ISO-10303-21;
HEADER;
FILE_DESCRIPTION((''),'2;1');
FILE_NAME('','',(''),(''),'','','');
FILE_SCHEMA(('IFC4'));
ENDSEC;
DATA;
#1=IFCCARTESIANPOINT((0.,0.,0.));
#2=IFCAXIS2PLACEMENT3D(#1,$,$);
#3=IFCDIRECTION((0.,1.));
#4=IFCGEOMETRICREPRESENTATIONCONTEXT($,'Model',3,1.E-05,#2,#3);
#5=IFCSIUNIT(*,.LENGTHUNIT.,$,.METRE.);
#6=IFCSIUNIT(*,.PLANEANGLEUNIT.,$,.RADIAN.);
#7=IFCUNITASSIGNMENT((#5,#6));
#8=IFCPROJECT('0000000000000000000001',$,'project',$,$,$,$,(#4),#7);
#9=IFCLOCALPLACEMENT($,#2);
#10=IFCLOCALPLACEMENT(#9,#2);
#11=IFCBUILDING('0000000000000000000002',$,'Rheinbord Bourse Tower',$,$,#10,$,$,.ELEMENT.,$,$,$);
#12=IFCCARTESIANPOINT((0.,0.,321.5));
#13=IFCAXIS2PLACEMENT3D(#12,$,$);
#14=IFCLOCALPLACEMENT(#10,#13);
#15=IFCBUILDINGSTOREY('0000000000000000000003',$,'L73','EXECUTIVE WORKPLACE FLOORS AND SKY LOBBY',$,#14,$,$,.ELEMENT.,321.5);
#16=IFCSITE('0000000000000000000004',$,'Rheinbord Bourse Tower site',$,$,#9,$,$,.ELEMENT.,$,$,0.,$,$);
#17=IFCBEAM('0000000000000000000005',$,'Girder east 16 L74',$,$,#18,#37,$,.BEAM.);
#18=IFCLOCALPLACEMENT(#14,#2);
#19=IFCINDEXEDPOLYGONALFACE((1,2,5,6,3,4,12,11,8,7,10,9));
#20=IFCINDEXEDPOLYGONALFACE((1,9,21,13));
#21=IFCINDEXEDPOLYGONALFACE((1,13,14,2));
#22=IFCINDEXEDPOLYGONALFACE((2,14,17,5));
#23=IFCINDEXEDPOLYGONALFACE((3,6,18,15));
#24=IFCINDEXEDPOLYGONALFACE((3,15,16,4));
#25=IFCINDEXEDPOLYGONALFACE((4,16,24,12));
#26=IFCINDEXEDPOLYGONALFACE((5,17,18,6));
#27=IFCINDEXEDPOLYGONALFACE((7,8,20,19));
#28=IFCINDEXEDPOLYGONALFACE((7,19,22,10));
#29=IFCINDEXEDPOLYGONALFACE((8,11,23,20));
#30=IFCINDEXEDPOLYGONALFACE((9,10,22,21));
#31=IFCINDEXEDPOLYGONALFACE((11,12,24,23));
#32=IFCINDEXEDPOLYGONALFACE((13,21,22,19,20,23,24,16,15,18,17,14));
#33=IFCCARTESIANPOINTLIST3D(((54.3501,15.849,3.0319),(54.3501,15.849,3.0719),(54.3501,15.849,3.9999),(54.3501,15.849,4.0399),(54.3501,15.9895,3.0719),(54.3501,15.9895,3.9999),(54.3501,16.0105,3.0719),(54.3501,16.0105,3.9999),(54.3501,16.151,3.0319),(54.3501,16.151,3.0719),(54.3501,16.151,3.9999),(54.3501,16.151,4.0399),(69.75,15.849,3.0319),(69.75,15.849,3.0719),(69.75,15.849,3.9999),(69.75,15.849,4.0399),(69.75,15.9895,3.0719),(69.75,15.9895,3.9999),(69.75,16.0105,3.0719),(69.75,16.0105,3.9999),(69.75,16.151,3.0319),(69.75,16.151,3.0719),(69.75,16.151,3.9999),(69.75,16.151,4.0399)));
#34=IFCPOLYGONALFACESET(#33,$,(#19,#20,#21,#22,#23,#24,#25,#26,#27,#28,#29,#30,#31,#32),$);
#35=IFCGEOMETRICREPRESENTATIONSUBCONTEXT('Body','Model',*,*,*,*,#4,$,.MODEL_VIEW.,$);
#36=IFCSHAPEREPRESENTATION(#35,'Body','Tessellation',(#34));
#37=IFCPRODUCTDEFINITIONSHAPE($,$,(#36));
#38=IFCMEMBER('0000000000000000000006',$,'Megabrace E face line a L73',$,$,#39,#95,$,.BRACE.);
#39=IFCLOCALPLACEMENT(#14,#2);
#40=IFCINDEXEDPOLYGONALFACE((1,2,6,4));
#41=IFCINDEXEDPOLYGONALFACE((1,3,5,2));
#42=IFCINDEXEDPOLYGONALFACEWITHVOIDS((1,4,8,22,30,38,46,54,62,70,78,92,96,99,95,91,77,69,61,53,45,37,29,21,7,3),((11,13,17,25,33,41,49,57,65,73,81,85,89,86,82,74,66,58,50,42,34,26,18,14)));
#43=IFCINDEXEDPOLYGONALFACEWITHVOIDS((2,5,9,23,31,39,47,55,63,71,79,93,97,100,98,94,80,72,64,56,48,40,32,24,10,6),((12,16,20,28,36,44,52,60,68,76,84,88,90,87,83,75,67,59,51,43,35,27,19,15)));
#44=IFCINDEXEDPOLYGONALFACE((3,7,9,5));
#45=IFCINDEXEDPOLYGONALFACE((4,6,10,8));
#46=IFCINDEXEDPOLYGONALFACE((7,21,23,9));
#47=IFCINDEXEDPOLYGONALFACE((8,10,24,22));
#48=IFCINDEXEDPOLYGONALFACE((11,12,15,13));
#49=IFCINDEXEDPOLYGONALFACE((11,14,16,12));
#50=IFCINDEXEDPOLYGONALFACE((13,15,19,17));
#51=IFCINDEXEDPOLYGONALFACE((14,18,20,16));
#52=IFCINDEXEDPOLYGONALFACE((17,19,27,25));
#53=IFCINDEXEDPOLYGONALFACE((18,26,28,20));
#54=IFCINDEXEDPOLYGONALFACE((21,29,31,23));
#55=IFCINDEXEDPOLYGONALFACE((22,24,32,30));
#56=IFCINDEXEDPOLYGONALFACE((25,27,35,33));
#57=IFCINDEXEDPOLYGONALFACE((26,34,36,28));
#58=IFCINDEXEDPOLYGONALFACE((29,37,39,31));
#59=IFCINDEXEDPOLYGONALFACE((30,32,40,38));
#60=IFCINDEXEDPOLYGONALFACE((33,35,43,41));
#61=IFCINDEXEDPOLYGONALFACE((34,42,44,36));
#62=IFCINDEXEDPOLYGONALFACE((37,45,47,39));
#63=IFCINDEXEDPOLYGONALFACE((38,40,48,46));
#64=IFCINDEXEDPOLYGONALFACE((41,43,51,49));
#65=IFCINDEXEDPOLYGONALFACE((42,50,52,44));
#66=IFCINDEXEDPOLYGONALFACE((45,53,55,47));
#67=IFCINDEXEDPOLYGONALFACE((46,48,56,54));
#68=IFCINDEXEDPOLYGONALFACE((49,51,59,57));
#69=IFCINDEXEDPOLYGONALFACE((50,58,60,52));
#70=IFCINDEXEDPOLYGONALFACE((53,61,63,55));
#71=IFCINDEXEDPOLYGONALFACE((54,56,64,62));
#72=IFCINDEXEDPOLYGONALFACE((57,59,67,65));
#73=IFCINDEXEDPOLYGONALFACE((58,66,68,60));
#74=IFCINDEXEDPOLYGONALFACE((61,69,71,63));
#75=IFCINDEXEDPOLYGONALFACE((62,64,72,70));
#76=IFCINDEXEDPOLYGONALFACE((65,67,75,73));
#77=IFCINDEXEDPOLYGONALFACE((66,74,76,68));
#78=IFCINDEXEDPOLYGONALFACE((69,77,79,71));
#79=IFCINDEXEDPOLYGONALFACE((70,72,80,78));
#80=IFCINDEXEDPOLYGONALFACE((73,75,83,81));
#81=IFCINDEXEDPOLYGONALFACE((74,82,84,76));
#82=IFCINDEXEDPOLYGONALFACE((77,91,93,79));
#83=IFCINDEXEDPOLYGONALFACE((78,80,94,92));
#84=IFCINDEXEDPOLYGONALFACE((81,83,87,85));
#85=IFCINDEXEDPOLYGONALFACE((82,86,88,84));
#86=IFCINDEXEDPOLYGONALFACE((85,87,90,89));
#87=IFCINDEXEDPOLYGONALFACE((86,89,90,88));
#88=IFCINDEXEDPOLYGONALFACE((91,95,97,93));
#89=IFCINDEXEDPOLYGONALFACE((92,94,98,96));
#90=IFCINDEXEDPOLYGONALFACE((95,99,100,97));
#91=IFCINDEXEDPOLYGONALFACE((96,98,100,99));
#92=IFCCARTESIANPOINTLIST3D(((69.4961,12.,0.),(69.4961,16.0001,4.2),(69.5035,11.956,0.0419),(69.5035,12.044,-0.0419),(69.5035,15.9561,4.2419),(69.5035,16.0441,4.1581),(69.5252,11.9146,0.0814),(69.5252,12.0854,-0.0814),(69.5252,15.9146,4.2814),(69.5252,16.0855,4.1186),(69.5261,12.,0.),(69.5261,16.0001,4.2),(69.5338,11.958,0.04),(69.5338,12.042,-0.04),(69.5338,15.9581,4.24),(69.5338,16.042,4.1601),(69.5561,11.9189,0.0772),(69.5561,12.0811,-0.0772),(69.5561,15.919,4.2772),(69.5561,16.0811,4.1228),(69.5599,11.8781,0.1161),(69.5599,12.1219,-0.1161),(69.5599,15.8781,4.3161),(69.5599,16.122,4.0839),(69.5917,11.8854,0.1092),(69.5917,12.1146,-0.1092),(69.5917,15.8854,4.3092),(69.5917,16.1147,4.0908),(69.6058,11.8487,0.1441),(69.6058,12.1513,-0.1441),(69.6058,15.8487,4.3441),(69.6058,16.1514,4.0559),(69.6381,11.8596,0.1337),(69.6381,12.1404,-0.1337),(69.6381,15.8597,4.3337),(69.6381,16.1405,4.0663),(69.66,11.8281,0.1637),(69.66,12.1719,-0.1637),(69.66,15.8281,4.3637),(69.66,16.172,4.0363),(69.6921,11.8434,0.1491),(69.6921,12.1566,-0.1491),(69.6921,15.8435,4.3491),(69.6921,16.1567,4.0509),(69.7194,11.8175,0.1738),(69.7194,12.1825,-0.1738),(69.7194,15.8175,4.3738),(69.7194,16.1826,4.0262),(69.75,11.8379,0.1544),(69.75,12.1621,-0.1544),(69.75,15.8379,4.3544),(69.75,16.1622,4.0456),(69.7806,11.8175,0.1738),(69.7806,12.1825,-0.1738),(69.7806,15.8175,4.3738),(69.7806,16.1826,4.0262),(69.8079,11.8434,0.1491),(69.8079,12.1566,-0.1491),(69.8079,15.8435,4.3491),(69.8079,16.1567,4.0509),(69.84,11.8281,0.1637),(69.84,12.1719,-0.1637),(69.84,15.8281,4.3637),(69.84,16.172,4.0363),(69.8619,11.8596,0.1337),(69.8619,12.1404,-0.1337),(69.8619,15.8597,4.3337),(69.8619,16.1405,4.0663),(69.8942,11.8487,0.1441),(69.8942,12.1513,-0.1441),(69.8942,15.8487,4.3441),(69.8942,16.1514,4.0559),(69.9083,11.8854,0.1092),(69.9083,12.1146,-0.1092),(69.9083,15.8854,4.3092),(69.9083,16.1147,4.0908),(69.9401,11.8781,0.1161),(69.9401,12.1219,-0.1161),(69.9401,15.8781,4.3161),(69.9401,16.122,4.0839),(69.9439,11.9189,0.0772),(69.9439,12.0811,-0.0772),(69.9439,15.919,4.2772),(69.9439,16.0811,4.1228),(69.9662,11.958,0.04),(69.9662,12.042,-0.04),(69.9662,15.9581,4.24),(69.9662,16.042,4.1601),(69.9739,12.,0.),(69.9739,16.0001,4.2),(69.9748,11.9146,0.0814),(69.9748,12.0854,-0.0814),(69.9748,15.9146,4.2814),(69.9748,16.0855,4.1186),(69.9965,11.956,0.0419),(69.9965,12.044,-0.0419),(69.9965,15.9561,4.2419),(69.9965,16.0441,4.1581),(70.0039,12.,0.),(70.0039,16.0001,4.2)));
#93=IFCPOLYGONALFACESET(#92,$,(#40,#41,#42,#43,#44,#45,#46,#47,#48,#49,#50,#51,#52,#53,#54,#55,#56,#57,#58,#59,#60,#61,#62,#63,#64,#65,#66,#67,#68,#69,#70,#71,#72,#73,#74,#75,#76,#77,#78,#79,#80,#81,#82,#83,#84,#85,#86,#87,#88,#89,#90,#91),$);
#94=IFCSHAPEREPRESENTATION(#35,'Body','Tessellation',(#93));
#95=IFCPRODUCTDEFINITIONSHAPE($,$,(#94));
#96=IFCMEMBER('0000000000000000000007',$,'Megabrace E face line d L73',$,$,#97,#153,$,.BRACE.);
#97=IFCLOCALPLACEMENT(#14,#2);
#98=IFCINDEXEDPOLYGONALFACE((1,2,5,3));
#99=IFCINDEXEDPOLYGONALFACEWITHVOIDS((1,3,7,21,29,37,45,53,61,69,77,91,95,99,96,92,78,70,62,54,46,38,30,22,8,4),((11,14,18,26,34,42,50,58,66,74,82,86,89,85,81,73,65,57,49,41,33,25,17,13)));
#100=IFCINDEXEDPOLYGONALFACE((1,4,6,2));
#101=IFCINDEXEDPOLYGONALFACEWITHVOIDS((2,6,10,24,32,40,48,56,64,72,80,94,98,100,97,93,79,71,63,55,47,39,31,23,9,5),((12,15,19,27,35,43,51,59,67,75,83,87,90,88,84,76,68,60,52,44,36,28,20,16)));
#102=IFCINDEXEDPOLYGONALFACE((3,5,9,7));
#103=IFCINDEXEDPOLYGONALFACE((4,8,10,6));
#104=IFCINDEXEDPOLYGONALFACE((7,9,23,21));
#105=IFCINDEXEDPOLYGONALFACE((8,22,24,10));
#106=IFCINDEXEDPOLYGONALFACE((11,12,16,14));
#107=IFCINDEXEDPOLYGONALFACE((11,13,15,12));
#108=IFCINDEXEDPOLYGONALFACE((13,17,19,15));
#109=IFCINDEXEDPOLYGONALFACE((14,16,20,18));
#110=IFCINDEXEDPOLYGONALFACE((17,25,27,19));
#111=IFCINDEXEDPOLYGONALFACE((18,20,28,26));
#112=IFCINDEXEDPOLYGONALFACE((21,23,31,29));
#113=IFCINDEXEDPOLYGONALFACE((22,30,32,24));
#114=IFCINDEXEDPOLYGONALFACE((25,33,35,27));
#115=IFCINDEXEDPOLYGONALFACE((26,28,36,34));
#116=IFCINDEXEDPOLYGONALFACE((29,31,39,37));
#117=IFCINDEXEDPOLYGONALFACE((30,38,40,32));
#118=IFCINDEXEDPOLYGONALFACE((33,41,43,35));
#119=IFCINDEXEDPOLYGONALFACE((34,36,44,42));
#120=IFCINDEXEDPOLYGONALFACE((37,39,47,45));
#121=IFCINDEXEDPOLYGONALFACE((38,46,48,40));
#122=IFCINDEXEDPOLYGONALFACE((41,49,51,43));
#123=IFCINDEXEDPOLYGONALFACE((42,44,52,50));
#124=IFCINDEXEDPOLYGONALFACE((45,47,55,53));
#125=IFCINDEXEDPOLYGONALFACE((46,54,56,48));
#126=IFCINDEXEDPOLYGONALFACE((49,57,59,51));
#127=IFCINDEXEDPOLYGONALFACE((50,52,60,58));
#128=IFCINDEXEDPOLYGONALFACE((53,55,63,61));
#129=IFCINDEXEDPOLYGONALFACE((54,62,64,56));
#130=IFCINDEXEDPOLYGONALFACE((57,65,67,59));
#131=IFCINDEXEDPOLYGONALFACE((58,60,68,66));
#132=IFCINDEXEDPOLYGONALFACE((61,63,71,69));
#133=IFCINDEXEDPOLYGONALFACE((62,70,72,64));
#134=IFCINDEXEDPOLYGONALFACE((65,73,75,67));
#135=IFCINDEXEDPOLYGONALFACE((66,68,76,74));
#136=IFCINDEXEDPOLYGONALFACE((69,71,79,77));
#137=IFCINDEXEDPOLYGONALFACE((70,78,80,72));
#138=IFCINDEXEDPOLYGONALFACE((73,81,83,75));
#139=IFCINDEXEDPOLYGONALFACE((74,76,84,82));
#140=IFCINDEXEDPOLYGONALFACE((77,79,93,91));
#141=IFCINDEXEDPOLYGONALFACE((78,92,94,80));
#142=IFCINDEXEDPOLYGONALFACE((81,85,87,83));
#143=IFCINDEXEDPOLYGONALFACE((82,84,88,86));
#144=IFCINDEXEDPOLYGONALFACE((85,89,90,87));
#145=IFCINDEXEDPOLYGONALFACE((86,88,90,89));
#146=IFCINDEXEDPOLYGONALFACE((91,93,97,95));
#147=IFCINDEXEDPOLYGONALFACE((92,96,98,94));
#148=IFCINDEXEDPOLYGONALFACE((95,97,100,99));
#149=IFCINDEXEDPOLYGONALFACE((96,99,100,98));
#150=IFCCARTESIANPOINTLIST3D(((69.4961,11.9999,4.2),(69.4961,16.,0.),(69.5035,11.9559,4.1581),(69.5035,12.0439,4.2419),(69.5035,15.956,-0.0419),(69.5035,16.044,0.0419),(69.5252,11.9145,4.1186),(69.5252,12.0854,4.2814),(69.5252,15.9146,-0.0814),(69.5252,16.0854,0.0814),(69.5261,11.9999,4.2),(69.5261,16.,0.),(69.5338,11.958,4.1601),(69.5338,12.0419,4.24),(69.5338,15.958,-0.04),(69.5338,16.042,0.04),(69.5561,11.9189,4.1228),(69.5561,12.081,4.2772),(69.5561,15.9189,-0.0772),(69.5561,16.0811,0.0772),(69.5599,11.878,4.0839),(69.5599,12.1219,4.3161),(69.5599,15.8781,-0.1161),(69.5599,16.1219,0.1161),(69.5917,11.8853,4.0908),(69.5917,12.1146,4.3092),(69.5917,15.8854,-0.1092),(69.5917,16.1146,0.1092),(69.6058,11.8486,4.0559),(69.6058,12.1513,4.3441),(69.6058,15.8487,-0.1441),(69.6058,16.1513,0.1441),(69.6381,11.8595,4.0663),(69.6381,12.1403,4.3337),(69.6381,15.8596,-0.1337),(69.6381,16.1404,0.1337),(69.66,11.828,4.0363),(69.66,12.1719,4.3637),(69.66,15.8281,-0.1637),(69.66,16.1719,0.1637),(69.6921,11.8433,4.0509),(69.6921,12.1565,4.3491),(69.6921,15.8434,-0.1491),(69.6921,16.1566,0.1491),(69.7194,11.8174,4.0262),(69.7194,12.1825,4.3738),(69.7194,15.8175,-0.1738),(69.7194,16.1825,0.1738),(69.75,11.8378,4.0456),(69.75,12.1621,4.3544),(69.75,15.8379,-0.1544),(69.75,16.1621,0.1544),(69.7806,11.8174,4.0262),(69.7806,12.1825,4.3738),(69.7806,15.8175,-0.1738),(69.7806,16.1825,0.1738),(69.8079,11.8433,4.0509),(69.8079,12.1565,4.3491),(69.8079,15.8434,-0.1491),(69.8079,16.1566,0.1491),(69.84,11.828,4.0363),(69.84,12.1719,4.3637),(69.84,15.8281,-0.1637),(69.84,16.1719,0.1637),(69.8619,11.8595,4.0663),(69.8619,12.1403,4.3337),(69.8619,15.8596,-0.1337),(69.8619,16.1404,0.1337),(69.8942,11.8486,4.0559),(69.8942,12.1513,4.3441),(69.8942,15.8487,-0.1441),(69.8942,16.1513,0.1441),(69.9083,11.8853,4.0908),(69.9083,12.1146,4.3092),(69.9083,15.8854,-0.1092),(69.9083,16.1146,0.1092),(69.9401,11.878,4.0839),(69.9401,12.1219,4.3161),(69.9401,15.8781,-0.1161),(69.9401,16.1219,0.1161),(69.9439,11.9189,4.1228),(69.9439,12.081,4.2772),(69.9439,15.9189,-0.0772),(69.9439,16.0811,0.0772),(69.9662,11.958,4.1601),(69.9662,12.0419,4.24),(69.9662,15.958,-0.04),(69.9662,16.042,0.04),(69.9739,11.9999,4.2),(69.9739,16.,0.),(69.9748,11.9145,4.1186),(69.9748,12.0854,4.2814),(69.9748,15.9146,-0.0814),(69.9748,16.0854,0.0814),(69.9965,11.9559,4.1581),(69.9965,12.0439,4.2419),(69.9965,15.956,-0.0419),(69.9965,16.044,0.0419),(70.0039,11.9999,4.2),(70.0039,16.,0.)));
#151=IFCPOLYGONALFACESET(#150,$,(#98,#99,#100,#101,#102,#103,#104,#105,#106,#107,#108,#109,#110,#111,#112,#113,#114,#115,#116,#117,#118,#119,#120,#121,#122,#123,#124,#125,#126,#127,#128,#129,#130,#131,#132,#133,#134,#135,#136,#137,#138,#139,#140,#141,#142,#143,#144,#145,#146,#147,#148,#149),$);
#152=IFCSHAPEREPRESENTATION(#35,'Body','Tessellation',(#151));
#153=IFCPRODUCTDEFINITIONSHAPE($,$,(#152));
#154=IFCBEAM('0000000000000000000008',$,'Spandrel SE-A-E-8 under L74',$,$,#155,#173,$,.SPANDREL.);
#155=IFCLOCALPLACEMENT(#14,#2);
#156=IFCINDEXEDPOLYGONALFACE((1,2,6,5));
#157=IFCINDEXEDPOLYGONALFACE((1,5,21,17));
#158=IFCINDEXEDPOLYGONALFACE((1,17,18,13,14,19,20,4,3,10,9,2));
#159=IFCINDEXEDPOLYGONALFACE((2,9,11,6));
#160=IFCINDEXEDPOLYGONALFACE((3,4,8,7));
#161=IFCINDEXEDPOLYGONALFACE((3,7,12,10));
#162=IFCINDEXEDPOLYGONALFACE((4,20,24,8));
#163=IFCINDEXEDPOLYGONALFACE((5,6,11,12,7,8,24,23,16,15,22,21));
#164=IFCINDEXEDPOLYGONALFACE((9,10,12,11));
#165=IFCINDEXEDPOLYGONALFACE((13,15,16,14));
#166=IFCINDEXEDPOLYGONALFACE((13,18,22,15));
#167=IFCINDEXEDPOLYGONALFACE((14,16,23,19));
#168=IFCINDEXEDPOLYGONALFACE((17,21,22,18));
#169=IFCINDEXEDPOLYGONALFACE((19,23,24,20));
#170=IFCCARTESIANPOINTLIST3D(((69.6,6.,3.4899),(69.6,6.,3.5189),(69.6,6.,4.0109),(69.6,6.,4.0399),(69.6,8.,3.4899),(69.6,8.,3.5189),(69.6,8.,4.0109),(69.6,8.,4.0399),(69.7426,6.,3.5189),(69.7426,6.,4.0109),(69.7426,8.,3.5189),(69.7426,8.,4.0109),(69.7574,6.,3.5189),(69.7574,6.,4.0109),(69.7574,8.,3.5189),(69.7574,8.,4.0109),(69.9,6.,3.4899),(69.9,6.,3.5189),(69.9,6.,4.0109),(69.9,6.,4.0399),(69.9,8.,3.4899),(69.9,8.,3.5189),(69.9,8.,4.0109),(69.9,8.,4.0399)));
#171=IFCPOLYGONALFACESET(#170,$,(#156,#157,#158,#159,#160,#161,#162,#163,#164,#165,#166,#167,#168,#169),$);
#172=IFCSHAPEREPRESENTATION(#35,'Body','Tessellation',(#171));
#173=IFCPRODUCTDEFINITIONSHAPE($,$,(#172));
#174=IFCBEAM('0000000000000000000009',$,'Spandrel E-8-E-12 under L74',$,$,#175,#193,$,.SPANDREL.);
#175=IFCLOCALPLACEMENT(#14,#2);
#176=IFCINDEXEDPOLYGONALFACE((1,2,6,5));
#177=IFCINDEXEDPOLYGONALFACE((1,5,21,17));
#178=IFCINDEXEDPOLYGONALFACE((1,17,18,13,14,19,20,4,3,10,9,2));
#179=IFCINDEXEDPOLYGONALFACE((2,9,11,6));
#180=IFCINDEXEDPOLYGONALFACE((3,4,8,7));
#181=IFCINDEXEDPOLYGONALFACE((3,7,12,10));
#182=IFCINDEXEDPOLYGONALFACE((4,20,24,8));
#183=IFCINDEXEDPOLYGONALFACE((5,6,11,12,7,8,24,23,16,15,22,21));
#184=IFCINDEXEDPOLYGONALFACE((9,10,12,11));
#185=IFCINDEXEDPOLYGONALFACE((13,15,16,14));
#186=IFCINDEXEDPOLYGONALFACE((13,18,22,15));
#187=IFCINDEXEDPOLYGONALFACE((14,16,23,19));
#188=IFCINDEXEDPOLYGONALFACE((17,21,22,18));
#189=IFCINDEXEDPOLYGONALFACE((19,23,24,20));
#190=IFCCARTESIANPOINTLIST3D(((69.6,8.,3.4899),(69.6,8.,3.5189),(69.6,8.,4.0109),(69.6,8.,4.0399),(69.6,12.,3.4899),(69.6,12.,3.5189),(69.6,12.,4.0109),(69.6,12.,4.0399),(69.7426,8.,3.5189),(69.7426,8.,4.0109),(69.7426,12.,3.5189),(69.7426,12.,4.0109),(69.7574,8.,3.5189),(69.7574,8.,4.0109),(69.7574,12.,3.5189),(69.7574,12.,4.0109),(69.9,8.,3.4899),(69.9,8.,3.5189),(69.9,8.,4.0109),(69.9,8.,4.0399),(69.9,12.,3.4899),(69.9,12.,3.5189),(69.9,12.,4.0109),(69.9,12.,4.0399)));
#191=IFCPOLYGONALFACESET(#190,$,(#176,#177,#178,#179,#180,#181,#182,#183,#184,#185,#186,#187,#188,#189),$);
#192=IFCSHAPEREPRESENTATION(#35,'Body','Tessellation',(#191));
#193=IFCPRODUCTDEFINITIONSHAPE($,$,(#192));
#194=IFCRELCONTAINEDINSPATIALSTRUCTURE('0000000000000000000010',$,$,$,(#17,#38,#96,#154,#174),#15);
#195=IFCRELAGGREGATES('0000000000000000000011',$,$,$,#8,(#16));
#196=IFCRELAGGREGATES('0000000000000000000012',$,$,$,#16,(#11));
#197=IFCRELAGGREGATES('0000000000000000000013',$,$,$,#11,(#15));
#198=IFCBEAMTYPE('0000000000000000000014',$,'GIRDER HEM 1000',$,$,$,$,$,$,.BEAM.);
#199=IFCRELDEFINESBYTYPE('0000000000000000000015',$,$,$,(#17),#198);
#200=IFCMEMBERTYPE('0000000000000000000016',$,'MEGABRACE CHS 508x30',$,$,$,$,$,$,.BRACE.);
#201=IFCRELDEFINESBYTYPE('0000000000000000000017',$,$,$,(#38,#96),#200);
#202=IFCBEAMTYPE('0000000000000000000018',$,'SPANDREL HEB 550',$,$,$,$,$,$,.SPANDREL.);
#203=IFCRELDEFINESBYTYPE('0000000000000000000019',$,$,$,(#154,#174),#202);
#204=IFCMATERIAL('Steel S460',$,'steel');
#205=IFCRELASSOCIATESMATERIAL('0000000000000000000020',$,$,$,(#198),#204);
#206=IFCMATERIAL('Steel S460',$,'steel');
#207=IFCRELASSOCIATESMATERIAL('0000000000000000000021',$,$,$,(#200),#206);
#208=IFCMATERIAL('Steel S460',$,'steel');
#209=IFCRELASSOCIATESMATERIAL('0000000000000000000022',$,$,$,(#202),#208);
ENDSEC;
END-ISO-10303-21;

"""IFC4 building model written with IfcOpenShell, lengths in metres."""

from ifc_helpers import new_model, si_unit, direction, frame, origin, origin_2d, place, context, subcontext, project, spatial, hollow_circle, i_section, extrude, material, material_profile, profile_set, type_object, element, save


model = new_model("IFC4")

# Units and contexts
model_context = context("Model", 3, precision=1e-05, world=origin(), true_north=direction((0.0, 1.0)))
body_context = subcontext(model_context, "Body", "Model", "MODEL_VIEW")
ifc_project = project(units=[si_unit("LENGTHUNIT", "METRE"), si_unit("PLANEANGLEUNIT", "RADIAN")], contexts=[model_context])

# Site, building, storey
site_placement = place(None, origin())
site = spatial("IfcSite", under=ifc_project, at=site_placement, Name="Rheinbord Bourse Tower site", CompositionType="ELEMENT", RefElevation=0.0)
building_placement = place(site_placement, origin())
building = spatial("IfcBuilding", under=site, at=building_placement, Name="Rheinbord Bourse Tower", CompositionType="ELEMENT")
storey_placement = place(building_placement, frame((0.0, 0.0, 321.5)))
storey = spatial("IfcBuildingStorey", under=building, at=storey_placement, Name="L73", Description="EXECUTIVE WORKPLACE FLOORS AND SKY LOBBY", CompositionType="ELEMENT", Elevation=321.5)

# Beam
ifc_material_1 = material(Name="Steel S460", Category="steel")
ifc_material_profile_1 = material_profile(ifc_material_1, i_section(OverallWidth=0.302, OverallDepth=1.0081, WebThickness=0.021, FlangeThickness=0.04, at=origin_2d()), Name="HEM 1000")
ifc_profile_set_1 = profile_set([ifc_material_profile_1], Name="Steel S460")
beam_type_1 = type_object("IfcBeamType", Name="GIRDER HEM 1000", PredefinedType="BEAM", material=ifc_profile_set_1)
beam_1_placement = place(storey_placement, frame((54.3501, 16.0, 3.5359), z_axis=(1.0, 0.0, 0.0), x_axis=(0.0, 1.0, 0.0)))
element("IfcBeam", 1, at=beam_1_placement, inside=storey, type_object=beam_type_1, Name="Girder east 16 L74", PredefinedType="BEAM", context=body_context, shape_type="SweptSolid", body=[
    extrude(i_section(OverallWidth=0.302, OverallDepth=1.0081, WebThickness=0.021, FlangeThickness=0.04, at=origin_2d()), origin(), (0.0, 0.0, 1.0), 15.3999),
])

# Members
ifc_material_2 = material(Name="Steel S460", Category="steel")
ifc_material_profile_2 = material_profile(ifc_material_2, hollow_circle(Radius=0.2539, WallThickness=0.03, at=origin_2d()), Name="CHS 508x30")
ifc_profile_set_2 = profile_set([ifc_material_profile_2], Name="Steel S460")
member_type_1 = type_object("IfcMemberType", Name="MEGABRACE CHS 508x30", PredefinedType="BRACE", material=ifc_profile_set_2)
for number, where, z_axis, x_axis, name in (
    (2, (69.75, 12.0, 0.0), (0.0, 0.689659, 0.724134), (-1.0, 0.0, 0.0), "Megabrace E face line a L73"),
    (3, (69.75, 16.0, 0.0), (0.0, -0.689659, 0.724134), (1.0, 0.0, 0.0), "Megabrace E face line d L73"),
):
    element("IfcMember", number, at=place(storey_placement, frame(where, z_axis=z_axis, x_axis=x_axis)), inside=storey, type_object=member_type_1, Name=name, PredefinedType="BRACE", context=body_context, shape_type="SweptSolid", body=[
        extrude(hollow_circle(Radius=0.2539, WallThickness=0.03, at=origin_2d()), origin(), (0.0, 0.0, 1.0), 5.8),
    ])

# Beams
ifc_material_3 = material(Name="Steel S460", Category="steel")
ifc_material_profile_3 = material_profile(ifc_material_3, i_section(OverallWidth=0.3, OverallDepth=0.55, WebThickness=0.0149, FlangeThickness=0.0291, at=origin_2d()), Name="HEB 550")
ifc_profile_set_3 = profile_set([ifc_material_profile_3], Name="Steel S460")
beam_type_2 = type_object("IfcBeamType", Name="SPANDREL HEB 550", PredefinedType="SPANDREL", material=ifc_profile_set_3)
beam_2_placement = place(storey_placement, frame((69.75, 6.0, 3.7649), z_axis=(0.0, 1.0, 0.0), x_axis=(-1.0, 0.0, 0.0)))
element("IfcBeam", 4, at=beam_2_placement, inside=storey, type_object=beam_type_2, Name="Spandrel SE-A-E-8 under L74", PredefinedType="SPANDREL", context=body_context, shape_type="SweptSolid", body=[
    extrude(i_section(OverallWidth=0.3, OverallDepth=0.55, WebThickness=0.0149, FlangeThickness=0.0291, at=origin_2d()), origin(), (0.0, 0.0, 1.0), 2.0),
])
for number, where, z_axis, x_axis, name in (
    (5, (69.75, 8.0, 3.7649), (0.0, 1.0, 0.0), (-1.0, 0.0, 0.0), "Spandrel E-8-E-12 under L74"),
):
    element("IfcBeam", number, at=place(storey_placement, frame(where, z_axis=z_axis, x_axis=x_axis)), inside=storey, type_object=beam_type_2, Name=name, PredefinedType="SPANDREL", context=body_context, shape_type="SweptSolid", body=[
        extrude(i_section(OverallWidth=0.3, OverallDepth=0.55, WebThickness=0.0149, FlangeThickness=0.0291, at=origin_2d()), origin(), (0.0, 0.0, 1.0), 4.0),
    ])

save(model, "model.ifc")
